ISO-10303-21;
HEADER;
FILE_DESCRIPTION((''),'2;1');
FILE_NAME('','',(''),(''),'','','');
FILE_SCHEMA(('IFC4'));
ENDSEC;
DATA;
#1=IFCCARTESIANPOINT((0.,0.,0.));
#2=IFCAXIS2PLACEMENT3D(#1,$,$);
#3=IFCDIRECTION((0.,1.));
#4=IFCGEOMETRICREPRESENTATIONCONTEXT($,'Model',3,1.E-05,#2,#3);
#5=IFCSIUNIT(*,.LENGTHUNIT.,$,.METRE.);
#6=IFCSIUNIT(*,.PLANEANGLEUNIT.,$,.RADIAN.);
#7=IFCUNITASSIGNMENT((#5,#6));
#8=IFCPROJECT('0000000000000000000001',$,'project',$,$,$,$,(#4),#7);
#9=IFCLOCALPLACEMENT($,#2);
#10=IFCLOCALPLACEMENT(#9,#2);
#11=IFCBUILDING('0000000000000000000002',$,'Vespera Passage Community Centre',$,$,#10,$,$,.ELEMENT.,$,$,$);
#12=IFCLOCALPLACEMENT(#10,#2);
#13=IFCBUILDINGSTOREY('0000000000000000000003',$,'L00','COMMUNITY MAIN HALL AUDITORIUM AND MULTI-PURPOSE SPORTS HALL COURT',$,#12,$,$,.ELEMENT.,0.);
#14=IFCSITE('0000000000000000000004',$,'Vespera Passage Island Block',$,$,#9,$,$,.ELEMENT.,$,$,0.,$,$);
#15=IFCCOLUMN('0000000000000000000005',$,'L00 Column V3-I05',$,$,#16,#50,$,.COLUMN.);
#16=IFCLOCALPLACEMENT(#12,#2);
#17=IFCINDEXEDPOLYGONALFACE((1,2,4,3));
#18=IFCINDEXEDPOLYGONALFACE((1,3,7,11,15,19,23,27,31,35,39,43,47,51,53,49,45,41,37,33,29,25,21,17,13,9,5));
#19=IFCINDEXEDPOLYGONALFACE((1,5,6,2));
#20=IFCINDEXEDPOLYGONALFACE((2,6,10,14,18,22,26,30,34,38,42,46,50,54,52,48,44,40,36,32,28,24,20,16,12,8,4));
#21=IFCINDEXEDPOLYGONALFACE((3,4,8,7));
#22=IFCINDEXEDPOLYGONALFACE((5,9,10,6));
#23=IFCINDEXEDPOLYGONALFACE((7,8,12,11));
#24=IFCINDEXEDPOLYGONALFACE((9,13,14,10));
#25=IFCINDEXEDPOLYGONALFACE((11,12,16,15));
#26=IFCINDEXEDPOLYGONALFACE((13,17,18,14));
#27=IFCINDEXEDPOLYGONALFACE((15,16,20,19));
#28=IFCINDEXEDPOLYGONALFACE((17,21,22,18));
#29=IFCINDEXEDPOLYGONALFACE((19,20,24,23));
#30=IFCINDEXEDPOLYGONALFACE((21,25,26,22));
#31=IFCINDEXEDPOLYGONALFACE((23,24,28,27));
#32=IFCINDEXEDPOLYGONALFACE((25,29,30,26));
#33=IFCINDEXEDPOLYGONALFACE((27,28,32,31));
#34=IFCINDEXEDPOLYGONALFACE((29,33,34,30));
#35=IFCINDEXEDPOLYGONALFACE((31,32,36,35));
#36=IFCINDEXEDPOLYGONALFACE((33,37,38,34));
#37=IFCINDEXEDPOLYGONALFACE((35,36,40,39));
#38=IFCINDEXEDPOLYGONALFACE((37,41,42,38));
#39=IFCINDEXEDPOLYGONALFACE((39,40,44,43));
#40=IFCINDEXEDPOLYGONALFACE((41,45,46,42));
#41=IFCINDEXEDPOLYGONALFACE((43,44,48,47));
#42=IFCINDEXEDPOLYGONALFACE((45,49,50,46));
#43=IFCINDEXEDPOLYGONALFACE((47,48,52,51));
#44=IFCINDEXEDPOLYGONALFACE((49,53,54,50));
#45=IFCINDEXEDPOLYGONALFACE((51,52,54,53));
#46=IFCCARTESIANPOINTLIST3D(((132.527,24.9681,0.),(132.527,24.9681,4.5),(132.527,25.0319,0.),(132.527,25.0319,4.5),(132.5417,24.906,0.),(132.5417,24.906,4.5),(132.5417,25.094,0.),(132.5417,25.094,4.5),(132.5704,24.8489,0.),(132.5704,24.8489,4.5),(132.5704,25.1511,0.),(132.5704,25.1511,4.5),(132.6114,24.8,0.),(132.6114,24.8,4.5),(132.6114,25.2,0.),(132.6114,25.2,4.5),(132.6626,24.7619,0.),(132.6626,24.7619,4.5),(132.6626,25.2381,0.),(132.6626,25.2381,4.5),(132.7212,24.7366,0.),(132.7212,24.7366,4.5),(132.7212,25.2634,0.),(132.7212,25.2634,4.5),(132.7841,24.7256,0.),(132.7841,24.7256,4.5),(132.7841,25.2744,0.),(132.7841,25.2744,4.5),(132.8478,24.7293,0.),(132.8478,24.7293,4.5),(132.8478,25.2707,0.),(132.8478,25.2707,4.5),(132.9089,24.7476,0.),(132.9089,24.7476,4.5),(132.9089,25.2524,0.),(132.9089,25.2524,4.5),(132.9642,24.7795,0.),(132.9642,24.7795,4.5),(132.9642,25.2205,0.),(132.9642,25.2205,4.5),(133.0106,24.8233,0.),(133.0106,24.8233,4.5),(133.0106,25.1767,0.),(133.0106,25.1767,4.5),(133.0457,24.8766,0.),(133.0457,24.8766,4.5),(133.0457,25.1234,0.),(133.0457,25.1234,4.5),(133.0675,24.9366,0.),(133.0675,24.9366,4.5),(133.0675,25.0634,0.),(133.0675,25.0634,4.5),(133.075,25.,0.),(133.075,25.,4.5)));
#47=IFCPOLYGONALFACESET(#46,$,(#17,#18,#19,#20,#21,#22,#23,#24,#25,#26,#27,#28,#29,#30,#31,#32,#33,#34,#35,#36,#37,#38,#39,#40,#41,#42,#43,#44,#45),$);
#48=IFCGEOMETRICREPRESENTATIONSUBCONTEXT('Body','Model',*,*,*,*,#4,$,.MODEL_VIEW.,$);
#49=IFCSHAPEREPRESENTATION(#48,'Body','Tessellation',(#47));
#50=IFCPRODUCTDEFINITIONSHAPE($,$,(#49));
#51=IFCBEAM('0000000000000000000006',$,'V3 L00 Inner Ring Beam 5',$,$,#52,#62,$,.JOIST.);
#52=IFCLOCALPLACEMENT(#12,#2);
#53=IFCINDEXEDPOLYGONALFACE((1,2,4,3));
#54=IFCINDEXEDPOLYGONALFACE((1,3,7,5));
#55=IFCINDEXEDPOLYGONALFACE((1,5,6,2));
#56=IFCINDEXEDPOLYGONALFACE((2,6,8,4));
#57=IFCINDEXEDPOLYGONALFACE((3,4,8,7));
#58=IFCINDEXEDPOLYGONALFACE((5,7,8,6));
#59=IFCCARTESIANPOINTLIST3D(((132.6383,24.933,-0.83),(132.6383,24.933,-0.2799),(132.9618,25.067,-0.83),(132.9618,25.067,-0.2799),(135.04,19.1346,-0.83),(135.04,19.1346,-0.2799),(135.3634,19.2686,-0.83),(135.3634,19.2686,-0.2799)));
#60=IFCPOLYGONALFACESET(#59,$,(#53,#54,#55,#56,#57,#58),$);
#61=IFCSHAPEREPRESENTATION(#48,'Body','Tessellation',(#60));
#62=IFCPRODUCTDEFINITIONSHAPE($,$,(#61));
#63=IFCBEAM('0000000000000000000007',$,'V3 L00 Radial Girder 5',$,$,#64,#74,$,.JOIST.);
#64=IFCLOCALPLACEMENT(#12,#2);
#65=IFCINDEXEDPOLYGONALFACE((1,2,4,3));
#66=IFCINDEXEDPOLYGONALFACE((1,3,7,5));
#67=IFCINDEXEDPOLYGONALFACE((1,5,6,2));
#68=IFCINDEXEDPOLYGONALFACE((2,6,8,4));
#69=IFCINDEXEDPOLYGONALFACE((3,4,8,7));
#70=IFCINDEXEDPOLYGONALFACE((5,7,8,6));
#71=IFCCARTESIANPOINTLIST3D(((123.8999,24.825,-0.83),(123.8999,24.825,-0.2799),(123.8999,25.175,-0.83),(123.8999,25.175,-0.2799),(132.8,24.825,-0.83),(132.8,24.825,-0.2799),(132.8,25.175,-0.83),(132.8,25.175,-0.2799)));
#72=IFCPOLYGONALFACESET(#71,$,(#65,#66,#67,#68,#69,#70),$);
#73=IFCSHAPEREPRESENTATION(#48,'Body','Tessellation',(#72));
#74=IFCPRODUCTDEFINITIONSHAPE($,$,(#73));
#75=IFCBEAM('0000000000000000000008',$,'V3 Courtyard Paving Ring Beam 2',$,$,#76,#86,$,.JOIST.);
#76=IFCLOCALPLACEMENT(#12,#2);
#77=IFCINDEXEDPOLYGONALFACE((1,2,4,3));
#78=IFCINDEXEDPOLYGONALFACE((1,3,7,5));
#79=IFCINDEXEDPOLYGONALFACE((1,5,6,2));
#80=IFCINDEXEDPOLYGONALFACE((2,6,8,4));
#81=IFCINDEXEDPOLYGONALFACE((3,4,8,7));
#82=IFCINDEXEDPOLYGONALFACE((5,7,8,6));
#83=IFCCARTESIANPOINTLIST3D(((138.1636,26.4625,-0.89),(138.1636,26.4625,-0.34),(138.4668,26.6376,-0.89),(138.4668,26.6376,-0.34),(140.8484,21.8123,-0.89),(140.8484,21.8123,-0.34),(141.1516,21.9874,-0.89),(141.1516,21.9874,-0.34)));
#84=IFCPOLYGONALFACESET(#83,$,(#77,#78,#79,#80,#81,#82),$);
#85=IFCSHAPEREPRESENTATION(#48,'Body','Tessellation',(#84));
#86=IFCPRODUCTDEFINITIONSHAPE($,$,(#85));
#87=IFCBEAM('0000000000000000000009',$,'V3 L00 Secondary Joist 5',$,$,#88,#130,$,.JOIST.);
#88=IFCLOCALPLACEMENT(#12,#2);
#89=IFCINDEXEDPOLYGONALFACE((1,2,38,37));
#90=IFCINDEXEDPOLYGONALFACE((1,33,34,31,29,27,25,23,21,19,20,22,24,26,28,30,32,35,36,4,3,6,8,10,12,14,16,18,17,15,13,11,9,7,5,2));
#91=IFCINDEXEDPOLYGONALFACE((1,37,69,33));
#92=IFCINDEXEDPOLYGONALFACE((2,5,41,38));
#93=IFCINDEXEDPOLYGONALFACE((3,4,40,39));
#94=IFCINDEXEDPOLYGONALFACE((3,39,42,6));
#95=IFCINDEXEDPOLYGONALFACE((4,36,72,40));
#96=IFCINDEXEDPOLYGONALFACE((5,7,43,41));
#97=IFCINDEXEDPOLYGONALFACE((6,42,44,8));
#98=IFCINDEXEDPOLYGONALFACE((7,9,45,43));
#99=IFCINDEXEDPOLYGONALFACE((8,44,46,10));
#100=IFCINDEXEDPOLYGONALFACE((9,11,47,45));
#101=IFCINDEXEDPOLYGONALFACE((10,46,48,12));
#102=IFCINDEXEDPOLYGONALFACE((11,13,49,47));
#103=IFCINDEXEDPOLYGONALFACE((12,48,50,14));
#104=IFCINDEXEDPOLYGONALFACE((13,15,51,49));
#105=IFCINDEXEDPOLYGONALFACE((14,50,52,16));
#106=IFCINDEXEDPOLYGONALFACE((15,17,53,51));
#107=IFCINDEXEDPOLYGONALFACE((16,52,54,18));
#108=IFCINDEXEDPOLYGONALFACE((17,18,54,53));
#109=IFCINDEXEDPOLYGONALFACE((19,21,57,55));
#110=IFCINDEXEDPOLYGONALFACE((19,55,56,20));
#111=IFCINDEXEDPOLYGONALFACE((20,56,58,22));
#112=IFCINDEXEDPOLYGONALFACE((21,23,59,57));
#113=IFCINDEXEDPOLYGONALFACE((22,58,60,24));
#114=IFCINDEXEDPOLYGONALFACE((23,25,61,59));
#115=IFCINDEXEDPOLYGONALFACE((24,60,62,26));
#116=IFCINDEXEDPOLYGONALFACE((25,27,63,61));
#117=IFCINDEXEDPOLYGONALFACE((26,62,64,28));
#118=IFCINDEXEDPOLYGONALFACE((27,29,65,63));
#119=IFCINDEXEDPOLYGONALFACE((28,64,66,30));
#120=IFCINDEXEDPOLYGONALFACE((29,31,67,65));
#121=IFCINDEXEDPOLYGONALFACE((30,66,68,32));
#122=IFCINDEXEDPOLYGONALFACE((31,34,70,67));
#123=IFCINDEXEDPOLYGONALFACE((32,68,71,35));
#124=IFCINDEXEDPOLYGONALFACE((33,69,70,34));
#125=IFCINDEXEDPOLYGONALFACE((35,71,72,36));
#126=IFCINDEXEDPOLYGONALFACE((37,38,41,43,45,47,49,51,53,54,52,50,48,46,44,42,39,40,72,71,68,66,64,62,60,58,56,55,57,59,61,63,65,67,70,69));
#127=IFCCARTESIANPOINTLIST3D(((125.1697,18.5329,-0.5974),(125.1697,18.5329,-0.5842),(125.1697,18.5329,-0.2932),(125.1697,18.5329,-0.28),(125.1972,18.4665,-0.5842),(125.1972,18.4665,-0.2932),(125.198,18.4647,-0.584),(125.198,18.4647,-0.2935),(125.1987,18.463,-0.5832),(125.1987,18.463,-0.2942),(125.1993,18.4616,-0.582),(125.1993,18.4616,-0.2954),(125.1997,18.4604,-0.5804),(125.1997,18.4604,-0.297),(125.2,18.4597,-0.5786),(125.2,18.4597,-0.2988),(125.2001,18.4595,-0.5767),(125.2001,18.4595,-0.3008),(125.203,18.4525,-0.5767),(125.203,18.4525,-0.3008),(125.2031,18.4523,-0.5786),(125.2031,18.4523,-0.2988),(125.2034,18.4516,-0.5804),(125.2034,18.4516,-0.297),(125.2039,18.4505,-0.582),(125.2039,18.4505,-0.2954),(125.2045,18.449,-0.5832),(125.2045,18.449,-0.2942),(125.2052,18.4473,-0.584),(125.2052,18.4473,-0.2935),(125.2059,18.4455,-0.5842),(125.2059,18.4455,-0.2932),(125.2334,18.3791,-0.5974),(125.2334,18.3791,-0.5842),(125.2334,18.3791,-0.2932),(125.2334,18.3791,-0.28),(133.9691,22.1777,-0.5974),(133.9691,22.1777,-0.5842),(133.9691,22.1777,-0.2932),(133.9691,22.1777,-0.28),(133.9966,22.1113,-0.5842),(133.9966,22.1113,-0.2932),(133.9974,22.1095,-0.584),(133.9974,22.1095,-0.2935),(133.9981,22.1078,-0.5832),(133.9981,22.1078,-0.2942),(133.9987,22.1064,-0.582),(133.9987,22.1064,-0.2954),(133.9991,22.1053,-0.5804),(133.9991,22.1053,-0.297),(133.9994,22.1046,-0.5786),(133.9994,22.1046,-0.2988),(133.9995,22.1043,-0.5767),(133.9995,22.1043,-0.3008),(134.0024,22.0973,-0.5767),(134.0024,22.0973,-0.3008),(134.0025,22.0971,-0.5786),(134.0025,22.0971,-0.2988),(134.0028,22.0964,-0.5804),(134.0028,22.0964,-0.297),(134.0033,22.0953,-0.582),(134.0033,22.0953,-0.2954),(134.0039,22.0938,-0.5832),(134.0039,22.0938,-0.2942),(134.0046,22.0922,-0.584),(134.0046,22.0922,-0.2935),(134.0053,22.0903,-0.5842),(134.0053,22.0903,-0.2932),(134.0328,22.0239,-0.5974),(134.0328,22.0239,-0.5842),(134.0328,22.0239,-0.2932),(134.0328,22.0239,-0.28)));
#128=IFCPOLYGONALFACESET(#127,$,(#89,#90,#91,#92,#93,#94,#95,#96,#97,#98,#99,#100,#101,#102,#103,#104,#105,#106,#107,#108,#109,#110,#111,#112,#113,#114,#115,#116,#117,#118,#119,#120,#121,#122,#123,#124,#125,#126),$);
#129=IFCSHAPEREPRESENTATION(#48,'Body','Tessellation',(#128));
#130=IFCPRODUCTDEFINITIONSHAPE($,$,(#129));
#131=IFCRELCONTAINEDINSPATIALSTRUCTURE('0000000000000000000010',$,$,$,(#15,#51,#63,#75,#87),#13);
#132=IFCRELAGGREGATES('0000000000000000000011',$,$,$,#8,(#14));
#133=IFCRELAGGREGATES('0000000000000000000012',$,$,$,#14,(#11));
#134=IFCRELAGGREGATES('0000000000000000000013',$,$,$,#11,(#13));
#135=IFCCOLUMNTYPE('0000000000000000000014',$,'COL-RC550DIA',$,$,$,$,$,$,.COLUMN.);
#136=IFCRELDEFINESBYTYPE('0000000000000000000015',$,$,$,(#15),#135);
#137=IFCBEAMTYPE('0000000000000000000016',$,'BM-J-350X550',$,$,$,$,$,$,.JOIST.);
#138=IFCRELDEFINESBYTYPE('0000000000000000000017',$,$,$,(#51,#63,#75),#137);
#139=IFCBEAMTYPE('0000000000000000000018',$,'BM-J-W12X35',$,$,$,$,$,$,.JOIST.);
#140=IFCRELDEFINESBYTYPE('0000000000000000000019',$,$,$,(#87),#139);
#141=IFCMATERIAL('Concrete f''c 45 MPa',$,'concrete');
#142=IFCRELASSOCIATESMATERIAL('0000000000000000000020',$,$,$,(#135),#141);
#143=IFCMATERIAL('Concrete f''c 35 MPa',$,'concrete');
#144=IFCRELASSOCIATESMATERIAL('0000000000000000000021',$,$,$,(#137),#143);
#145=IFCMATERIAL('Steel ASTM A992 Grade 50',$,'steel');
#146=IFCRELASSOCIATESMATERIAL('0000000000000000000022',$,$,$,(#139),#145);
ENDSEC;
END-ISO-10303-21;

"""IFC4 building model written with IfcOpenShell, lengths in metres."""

from ifc_helpers import new_model, si_unit, direction, frame, origin, origin_2d, place, context, subcontext, project, spatial, rectangle, circle, i_section, extrude, material, material_profile, profile_set, type_object, element, save


model = new_model("IFC4")

# Units and contexts
model_context = context("Model", 3, precision=1e-05, world=origin(), true_north=direction((0.0, 1.0)))
body_context = subcontext(model_context, "Body", "Model", "MODEL_VIEW")
ifc_project = project(units=[si_unit("LENGTHUNIT", "METRE"), si_unit("PLANEANGLEUNIT", "RADIAN")], contexts=[model_context])

# Site, building, storey
site_placement = place(None, origin())
site = spatial("IfcSite", under=ifc_project, at=site_placement, Name="Vespera Passage Island Block", CompositionType="ELEMENT", RefElevation=0.0)
building_placement = place(site_placement, origin())
building = spatial("IfcBuilding", under=site, at=building_placement, Name="Vespera Passage Community Centre", CompositionType="ELEMENT")
storey_placement = place(building_placement, origin())
storey = spatial("IfcBuildingStorey", under=building, at=storey_placement, Name="L00", Description="COMMUNITY MAIN HALL AUDITORIUM AND MULTI-PURPOSE SPORTS HALL COURT", CompositionType="ELEMENT", Elevation=0.0)

# Column
ifc_material_1 = material(Name="Concrete f'c 45 MPa", Category="concrete")
ifc_material_profile_1 = material_profile(ifc_material_1, circle(Radius=0.2749, at=origin_2d()), Name="RC550DIA")
ifc_profile_set_1 = profile_set([ifc_material_profile_1], Name="Concrete f'c 45 MPa")
column_type = type_object("IfcColumnType", Name="COL-RC550DIA", PredefinedType="COLUMN", material=ifc_profile_set_1)
column_placement = place(storey_placement, frame((132.8, 25.0, 0.0), z_axis=(0.0, 0.0, 1.0), x_axis=(1.0, 0.0, 0.0)))
element("IfcColumn", 1, at=column_placement, inside=storey, type_object=column_type, Name="L00 Column V3-I05", PredefinedType="COLUMN", context=body_context, shape_type="SweptSolid", body=[
    extrude(circle(Radius=0.2749, at=origin_2d()), origin(), (0.0, 0.0, 1.0), 4.5),
])

# Beams
ifc_material_2 = material(Name="Concrete f'c 35 MPa", Category="concrete")
ifc_material_profile_2 = material_profile(ifc_material_2, rectangle(XDim=0.3501, YDim=0.55, at=origin_2d()), Name="RC350X550")
ifc_profile_set_2 = profile_set([ifc_material_profile_2], Name="Concrete f'c 35 MPa")
beam_type_1 = type_object("IfcBeamType", Name="BM-J-350X550", PredefinedType="JOIST", material=ifc_profile_set_2)
beam_1_placement = place(storey_placement, frame((132.8, 25.0, -0.5549), z_axis=(0.382664, -0.923887, 0.0), x_axis=(0.923887, 0.382664, 0.0)))
element("IfcBeam", 2, at=beam_1_placement, inside=storey, type_object=beam_type_1, Name="V3 L00 Inner Ring Beam 5", PredefinedType="JOIST", context=body_context, shape_type="SweptSolid", body=[
    extrude(rectangle(XDim=0.3501, YDim=0.55, at=origin_2d()), origin(), (0.0, 0.0, 1.0), 6.2761),
])
beam_2_placement = place(storey_placement, frame((132.8, 25.0, -0.5549), z_axis=(-1.0, 0.0, 0.0), x_axis=(0.0, -1.0, 0.0)))
element("IfcBeam", 3, at=beam_2_placement, inside=storey, type_object=beam_type_1, Name="V3 L00 Radial Girder 5", PredefinedType="JOIST", context=body_context, shape_type="SweptSolid", body=[
    extrude(rectangle(XDim=0.3501, YDim=0.55, at=origin_2d()), origin(), (0.0, 0.0, 1.0), 8.9001),
])
beam_3_placement = place(storey_placement, frame((138.3152, 26.55, -0.615), z_axis=(0.500007, -0.866021, 0.0), x_axis=(0.866021, 0.500007, 0.0)))
element("IfcBeam", 4, at=beam_3_placement, inside=storey, type_object=beam_type_1, Name="V3 Courtyard Paving Ring Beam 2", PredefinedType="JOIST", context=body_context, shape_type="SweptSolid", body=[
    extrude(rectangle(XDim=0.3501, YDim=0.55, at=origin_2d()), origin(), (0.0, 0.0, 1.0), 5.3696),
])
ifc_material_3 = material(Name="Steel ASTM A992 Grade 50", Category="steel")
ifc_material_profile_3 = material_profile(ifc_material_3, i_section(OverallWidth=0.1665, OverallDepth=0.3174, WebThickness=0.0076, FlangeThickness=0.0132, FilletRadius=0.0076, at=origin_2d()), Name="W12X35")
ifc_profile_set_3 = profile_set([ifc_material_profile_3], Name="Steel ASTM A992 Grade 50")
beam_type_2 = type_object("IfcBeamType", Name="BM-J-W12X35", PredefinedType="JOIST", material=ifc_profile_set_3)
beam_4_placement = place(storey_placement, frame((134.001, 22.1008, -0.4387), z_axis=(-0.92388, -0.382682, 0.0), x_axis=(0.382682, -0.92388, 0.0)))
element("IfcBeam", 5, at=beam_4_placement, inside=storey, type_object=beam_type_2, Name="V3 L00 Secondary Joist 5", PredefinedType="JOIST", context=body_context, shape_type="SweptSolid", body=[
    extrude(i_section(OverallWidth=0.1665, OverallDepth=0.3174, WebThickness=0.0076, FlangeThickness=0.0132, FilletRadius=0.0076, at=origin_2d()), origin(), (0.0, 0.0, 1.0), 9.5244),
])

save(model, "model.ifc")
